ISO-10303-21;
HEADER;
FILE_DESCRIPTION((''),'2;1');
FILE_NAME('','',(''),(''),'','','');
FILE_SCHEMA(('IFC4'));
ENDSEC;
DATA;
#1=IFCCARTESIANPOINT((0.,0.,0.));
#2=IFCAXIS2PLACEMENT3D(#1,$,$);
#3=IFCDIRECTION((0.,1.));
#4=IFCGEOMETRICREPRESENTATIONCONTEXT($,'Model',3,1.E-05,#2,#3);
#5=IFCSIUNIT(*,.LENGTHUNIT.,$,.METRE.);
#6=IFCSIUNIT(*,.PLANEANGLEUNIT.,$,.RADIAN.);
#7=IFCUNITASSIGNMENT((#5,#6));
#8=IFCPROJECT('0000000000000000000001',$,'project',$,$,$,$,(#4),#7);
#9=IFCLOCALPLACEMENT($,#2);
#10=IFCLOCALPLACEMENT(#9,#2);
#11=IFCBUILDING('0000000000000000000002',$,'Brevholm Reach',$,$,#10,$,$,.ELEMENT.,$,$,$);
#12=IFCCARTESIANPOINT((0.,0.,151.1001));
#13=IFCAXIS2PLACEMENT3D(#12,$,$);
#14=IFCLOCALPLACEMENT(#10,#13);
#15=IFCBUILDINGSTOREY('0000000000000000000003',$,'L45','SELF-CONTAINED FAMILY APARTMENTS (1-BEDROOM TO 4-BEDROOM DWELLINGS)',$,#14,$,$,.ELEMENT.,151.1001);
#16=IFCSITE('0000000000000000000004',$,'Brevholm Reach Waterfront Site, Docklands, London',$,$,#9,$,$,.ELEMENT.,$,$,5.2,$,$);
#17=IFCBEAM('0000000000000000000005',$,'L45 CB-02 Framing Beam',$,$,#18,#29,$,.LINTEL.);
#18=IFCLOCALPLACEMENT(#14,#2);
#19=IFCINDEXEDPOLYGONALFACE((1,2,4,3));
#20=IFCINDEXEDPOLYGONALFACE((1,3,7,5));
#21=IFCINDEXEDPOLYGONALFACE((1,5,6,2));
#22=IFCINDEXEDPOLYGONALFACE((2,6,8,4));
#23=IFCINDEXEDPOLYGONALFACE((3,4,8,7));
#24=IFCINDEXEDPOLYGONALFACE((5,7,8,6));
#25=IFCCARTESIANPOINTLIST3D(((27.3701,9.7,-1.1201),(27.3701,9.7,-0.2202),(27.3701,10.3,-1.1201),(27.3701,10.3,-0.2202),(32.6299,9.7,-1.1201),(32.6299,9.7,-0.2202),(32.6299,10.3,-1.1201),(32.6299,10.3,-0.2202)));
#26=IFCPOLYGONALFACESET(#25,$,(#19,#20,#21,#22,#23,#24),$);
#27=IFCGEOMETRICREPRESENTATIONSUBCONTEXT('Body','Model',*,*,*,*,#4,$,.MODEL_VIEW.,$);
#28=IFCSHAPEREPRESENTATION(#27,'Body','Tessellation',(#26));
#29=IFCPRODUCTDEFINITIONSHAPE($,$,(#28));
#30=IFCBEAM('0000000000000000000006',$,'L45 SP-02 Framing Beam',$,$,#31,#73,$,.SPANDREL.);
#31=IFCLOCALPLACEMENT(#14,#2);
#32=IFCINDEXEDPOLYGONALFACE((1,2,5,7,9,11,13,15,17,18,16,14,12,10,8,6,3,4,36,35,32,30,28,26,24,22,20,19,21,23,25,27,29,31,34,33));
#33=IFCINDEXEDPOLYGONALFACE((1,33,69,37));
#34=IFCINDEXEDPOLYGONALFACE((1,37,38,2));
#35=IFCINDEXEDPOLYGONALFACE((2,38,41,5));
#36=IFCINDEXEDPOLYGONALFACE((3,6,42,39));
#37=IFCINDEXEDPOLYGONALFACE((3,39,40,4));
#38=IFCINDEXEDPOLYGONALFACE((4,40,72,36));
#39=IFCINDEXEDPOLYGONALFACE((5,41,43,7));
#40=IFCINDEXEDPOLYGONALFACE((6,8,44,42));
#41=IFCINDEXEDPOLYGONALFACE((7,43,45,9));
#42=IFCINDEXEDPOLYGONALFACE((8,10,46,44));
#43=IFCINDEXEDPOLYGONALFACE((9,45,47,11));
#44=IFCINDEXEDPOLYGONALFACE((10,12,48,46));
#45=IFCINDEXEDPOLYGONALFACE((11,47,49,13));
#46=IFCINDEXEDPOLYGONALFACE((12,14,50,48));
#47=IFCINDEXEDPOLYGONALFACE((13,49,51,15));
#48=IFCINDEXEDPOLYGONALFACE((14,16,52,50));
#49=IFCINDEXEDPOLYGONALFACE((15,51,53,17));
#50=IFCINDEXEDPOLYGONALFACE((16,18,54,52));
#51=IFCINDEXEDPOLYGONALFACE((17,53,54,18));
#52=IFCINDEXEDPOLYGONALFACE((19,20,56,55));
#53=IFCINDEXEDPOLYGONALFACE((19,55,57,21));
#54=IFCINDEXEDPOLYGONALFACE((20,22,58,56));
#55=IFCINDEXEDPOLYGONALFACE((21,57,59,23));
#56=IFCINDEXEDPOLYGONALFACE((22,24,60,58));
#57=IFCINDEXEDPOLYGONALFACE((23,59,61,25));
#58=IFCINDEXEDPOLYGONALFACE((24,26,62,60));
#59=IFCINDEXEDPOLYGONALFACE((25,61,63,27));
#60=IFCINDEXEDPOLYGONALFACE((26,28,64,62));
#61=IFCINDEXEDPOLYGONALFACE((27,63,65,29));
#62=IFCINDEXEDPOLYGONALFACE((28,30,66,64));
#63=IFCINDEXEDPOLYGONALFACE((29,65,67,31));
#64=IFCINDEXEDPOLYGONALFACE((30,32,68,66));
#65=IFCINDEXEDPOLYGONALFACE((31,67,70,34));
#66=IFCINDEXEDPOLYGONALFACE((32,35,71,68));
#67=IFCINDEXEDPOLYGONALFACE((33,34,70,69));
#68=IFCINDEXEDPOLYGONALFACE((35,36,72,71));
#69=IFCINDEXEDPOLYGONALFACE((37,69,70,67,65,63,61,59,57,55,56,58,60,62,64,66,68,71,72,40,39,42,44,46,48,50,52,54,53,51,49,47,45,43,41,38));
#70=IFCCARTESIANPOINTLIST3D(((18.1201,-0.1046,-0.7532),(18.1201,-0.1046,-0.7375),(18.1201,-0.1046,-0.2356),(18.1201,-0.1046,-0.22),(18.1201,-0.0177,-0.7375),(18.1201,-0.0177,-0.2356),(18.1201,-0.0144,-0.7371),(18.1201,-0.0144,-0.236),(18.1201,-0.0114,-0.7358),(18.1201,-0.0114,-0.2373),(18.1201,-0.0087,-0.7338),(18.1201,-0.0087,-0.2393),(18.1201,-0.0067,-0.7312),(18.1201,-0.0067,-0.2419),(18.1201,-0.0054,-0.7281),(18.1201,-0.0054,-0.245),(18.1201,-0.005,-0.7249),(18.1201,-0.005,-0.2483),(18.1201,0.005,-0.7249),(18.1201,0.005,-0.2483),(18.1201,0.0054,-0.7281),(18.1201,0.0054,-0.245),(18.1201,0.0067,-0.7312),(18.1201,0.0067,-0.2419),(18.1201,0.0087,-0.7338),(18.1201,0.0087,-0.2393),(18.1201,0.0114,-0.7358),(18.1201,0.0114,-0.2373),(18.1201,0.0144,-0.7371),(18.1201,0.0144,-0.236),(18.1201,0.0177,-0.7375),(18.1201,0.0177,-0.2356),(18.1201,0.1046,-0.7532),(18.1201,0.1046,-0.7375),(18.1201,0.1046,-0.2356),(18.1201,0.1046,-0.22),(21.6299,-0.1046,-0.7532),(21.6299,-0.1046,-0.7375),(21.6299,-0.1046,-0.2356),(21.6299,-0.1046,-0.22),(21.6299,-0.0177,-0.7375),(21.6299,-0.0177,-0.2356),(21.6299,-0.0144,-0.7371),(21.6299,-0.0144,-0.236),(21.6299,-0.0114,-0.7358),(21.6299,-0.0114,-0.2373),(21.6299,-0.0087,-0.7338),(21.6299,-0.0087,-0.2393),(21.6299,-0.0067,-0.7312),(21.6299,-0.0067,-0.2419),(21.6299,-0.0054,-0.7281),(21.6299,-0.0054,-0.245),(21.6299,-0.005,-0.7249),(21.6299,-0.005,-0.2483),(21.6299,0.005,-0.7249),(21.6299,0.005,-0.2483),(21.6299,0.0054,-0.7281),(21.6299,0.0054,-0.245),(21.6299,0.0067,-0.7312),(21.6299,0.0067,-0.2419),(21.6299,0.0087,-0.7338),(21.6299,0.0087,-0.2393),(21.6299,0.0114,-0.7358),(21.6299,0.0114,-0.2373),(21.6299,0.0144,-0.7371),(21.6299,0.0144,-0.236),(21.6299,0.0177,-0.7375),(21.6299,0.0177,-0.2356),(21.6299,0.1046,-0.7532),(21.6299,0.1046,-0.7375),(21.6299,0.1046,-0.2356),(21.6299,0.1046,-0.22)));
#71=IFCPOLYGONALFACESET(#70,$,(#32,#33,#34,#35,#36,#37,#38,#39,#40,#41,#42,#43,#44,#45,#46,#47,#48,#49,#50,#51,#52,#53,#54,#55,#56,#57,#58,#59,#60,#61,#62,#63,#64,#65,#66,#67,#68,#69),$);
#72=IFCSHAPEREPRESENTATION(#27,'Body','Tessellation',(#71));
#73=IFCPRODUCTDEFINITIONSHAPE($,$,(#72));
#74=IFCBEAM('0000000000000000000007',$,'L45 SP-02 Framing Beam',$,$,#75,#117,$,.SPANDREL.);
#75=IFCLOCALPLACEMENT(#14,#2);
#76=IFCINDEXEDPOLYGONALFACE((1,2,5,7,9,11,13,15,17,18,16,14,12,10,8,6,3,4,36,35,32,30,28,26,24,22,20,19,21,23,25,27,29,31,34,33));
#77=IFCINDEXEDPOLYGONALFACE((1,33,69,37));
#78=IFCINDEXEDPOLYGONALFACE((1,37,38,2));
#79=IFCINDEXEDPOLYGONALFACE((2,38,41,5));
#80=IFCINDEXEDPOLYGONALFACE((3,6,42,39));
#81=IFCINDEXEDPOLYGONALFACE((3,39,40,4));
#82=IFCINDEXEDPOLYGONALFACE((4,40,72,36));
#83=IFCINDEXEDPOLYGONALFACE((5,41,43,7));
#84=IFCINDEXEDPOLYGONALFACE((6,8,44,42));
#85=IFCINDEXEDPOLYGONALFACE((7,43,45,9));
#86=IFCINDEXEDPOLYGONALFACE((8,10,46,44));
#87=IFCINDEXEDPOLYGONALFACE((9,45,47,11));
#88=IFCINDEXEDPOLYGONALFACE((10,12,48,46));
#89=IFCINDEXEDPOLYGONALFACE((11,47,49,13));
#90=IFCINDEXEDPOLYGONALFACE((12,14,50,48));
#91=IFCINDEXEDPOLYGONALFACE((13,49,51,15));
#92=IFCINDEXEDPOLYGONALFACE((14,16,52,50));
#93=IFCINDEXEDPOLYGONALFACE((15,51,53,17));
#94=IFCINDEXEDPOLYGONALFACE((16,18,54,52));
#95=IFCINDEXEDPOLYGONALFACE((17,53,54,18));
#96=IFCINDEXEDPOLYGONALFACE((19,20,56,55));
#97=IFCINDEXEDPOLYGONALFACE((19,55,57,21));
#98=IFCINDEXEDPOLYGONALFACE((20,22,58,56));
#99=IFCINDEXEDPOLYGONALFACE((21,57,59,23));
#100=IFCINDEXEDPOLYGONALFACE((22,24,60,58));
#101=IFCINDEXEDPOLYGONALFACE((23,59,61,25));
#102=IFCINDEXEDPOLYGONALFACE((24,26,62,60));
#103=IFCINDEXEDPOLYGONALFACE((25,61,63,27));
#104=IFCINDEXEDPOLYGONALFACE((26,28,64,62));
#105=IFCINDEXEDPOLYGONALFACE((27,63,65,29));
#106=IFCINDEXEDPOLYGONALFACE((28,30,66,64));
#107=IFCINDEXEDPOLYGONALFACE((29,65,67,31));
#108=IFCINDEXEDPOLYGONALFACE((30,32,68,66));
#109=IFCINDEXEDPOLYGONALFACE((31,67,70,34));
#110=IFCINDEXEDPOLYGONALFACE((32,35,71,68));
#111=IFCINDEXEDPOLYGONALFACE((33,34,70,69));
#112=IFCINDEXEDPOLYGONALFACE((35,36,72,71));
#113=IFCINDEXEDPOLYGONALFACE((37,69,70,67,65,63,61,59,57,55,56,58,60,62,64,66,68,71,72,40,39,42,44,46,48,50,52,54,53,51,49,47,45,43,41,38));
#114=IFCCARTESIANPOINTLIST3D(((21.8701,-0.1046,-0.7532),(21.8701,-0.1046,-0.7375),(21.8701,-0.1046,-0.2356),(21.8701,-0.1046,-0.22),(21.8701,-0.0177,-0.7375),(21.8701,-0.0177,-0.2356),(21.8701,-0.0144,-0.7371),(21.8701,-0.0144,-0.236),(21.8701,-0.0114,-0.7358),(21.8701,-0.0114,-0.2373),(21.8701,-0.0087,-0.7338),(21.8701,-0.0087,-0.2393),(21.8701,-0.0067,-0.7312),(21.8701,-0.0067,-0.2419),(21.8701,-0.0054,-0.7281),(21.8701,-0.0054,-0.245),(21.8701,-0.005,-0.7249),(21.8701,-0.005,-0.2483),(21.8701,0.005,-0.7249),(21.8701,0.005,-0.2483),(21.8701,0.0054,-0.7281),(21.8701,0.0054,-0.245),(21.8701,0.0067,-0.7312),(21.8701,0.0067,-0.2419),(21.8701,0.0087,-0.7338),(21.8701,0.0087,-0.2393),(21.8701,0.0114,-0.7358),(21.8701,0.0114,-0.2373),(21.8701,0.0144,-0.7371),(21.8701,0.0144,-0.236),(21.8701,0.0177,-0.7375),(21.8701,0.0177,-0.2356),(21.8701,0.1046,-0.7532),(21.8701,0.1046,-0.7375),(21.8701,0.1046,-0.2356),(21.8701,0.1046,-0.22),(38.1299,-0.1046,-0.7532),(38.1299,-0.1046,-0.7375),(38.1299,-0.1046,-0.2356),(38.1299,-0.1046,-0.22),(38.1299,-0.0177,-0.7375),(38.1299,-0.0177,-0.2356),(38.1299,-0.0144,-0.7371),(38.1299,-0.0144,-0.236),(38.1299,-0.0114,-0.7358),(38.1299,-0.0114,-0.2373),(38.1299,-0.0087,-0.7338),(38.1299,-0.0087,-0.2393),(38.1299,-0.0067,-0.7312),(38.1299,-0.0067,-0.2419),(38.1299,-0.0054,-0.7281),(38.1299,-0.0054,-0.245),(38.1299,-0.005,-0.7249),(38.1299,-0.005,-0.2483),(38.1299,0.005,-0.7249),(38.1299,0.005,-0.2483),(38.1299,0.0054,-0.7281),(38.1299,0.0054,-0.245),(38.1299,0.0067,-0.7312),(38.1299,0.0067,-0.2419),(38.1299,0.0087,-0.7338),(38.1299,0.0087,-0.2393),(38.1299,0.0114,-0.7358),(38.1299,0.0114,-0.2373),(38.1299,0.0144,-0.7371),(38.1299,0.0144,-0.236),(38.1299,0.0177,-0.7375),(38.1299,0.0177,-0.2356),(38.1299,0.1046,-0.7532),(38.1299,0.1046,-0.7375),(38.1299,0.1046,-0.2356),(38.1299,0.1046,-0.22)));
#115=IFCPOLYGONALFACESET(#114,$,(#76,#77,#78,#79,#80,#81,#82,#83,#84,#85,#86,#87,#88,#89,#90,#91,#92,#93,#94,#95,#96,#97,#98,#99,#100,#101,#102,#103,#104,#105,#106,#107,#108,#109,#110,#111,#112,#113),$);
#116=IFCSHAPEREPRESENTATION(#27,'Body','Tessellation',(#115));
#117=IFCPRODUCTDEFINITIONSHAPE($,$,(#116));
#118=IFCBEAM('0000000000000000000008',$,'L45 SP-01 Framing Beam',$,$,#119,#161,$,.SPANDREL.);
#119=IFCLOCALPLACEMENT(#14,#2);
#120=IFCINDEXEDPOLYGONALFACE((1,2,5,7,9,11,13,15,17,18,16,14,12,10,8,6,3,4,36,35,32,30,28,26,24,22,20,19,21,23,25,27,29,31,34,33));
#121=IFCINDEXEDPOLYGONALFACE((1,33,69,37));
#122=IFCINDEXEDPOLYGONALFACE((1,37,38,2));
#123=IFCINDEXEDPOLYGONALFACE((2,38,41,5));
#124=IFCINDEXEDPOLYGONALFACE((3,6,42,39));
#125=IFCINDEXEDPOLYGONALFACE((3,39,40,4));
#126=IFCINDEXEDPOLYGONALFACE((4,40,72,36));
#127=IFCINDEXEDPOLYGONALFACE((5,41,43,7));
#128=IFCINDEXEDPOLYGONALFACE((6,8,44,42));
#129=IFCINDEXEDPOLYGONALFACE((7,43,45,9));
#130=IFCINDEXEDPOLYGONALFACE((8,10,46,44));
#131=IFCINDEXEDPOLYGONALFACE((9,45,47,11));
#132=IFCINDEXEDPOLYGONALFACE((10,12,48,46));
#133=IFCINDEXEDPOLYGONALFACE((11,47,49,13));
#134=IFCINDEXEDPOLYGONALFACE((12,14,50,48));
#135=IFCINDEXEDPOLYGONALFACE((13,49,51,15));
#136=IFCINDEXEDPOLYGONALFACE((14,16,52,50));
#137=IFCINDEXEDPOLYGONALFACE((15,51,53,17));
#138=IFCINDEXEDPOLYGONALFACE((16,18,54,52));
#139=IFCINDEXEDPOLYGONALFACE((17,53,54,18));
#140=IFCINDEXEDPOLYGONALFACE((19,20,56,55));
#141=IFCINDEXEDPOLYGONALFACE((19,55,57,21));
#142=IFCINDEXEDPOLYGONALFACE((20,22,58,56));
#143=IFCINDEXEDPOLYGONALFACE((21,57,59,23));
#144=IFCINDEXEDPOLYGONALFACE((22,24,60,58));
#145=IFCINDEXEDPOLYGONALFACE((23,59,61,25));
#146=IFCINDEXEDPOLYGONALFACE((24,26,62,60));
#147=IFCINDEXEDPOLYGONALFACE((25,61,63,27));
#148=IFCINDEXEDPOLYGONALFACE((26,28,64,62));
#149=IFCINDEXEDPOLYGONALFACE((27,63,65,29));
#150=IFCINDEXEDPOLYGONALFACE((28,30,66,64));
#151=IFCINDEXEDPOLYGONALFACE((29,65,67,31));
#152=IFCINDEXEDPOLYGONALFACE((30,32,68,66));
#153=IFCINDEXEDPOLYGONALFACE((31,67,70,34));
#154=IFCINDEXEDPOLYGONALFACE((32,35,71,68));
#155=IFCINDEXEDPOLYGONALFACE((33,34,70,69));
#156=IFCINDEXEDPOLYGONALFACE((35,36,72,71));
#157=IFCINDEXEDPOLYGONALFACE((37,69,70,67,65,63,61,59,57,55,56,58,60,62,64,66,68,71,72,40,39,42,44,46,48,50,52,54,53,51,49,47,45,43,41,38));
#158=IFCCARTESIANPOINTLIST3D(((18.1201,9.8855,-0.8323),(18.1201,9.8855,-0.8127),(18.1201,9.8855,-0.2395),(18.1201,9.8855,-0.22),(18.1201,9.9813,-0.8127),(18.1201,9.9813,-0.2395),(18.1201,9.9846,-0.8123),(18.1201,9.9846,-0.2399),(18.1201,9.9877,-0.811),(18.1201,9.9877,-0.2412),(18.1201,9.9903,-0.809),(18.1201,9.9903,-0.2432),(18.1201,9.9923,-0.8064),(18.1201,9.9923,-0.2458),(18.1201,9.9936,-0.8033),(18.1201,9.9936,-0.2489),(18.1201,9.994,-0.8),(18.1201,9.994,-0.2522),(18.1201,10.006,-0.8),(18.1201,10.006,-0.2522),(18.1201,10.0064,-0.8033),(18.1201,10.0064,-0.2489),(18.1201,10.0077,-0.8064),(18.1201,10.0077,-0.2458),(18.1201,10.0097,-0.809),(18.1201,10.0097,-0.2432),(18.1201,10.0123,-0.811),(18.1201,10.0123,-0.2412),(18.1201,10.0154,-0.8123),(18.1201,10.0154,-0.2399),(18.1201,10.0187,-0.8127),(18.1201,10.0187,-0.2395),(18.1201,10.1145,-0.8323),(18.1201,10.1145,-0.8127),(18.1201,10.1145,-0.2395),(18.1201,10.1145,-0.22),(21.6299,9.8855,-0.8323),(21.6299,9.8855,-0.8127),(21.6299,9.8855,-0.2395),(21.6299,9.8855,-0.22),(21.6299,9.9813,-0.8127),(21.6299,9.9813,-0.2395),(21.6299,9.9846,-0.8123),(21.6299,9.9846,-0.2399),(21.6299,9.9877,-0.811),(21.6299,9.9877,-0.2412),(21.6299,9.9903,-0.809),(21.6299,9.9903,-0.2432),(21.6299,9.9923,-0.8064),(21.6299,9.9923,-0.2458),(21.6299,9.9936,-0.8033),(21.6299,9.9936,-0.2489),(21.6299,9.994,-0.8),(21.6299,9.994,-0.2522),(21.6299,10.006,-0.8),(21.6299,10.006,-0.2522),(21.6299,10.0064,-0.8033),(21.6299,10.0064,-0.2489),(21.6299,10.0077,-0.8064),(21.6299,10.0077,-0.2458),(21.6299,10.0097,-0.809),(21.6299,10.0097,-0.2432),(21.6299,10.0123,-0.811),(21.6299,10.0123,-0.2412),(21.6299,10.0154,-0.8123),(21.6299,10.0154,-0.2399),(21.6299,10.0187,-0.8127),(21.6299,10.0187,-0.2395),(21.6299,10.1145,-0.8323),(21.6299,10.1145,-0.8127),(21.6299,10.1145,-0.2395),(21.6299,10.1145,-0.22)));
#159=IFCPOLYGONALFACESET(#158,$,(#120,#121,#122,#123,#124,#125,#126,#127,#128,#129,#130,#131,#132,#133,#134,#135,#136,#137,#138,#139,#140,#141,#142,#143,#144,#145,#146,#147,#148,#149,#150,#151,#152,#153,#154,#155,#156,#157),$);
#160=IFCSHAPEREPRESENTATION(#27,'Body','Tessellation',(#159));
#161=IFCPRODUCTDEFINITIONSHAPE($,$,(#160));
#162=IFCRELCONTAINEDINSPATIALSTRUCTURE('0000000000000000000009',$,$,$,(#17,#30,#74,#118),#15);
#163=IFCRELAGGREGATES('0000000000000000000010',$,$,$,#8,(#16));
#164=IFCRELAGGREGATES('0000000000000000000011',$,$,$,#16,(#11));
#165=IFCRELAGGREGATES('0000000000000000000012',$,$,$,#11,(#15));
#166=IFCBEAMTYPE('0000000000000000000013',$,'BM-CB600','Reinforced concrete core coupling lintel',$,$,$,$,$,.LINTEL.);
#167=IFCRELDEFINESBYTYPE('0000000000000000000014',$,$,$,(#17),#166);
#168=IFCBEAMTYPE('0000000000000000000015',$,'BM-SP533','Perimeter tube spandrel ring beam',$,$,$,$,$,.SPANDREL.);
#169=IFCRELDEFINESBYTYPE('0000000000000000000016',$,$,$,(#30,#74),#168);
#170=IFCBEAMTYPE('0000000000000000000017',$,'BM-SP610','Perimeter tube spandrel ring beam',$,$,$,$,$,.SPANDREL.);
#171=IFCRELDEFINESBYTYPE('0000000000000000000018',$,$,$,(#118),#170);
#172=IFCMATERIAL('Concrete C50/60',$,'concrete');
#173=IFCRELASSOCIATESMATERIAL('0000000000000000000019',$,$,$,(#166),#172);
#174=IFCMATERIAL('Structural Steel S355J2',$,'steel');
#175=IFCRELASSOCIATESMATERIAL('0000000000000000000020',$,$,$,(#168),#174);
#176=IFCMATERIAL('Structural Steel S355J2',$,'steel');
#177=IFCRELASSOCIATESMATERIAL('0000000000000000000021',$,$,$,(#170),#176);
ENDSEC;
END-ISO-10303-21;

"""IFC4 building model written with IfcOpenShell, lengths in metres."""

from ifc_helpers import new_model, si_unit, direction, frame, origin, origin_2d, place, context, subcontext, project, spatial, rectangle, i_section, extrude, material, material_profile, profile_set, type_object, element, save


model = new_model("IFC4")

# Units and contexts
model_context = context("Model", 3, precision=1e-05, world=origin(), true_north=direction((0.0, 1.0)))
body_context = subcontext(model_context, "Body", "Model", "MODEL_VIEW")
ifc_project = project(units=[si_unit("LENGTHUNIT", "METRE"), si_unit("PLANEANGLEUNIT", "RADIAN")], contexts=[model_context])

# Site, building, storey
site_placement = place(None, origin())
site = spatial("IfcSite", under=ifc_project, at=site_placement, Name="Brevholm Reach Waterfront Site, Docklands, London", CompositionType="ELEMENT", RefElevation=5.2)
building_placement = place(site_placement, origin())
building = spatial("IfcBuilding", under=site, at=building_placement, Name="Brevholm Reach", CompositionType="ELEMENT")
storey_placement = place(building_placement, frame((0.0, 0.0, 151.1001)))
storey = spatial("IfcBuildingStorey", under=building, at=storey_placement, Name="L45", Description="SELF-CONTAINED FAMILY APARTMENTS (1-BEDROOM TO 4-BEDROOM DWELLINGS)", CompositionType="ELEMENT", Elevation=151.1001)

# Beams
ifc_material_1 = material(Name="Concrete C50/60", Category="concrete")
ifc_material_profile_1 = material_profile(ifc_material_1, rectangle(XDim=0.6001, YDim=0.8999, at=origin_2d()), Name="RC 600x900")
ifc_profile_set_1 = profile_set([ifc_material_profile_1], Name="Concrete C50/60")
beam_type_1 = type_object("IfcBeamType", Name="BM-CB600", Description="Reinforced concrete core coupling lintel", PredefinedType="LINTEL", material=ifc_profile_set_1)
beam_1_placement = place(storey_placement, frame((27.3701, 10.0, -0.6702), z_axis=(1.0, 0.0, 0.0), x_axis=(0.0, 1.0, 0.0)))
element("IfcBeam", 1, at=beam_1_placement, inside=storey, type_object=beam_type_1, Name="L45 CB-02 Framing Beam", PredefinedType="LINTEL", context=body_context, shape_type="SweptSolid", body=[
    extrude(rectangle(XDim=0.6001, YDim=0.8999, at=origin_2d()), origin(), (0.0, 0.0, 1.0), 5.2598),
])
ifc_material_2 = material(Name="Structural Steel S355J2", Category="steel")
ifc_material_profile_2 = material_profile(ifc_material_2, i_section(OverallWidth=0.2092, OverallDepth=0.5332, WebThickness=0.01, FlangeThickness=0.0156, FilletRadius=0.0127, at=origin_2d()), Name="UKB 533x210x92")
ifc_profile_set_2 = profile_set([ifc_material_profile_2], Name="Structural Steel S355J2")
beam_type_2 = type_object("IfcBeamType", Name="BM-SP533", Description="Perimeter tube spandrel ring beam", PredefinedType="SPANDREL", material=ifc_profile_set_2)
beam_2_placement = place(storey_placement, frame((18.1201, 0.0, -0.4866), z_axis=(1.0, 0.0, 0.0), x_axis=(0.0, 1.0, 0.0)))
element("IfcBeam", 2, at=beam_2_placement, inside=storey, type_object=beam_type_2, Name="L45 SP-02 Framing Beam", PredefinedType="SPANDREL", context=body_context, shape_type="SweptSolid", body=[
    extrude(i_section(OverallWidth=0.2092, OverallDepth=0.5332, WebThickness=0.01, FlangeThickness=0.0156, FilletRadius=0.0127, at=origin_2d()), origin(), (0.0, 0.0, 1.0), 3.5098),
])
beam_3_placement = place(storey_placement, frame((21.8701, 0.0, -0.4866), z_axis=(1.0, 0.0, 0.0), x_axis=(0.0, 1.0, 0.0)))
element("IfcBeam", 3, at=beam_3_placement, inside=storey, type_object=beam_type_2, Name="L45 SP-02 Framing Beam", PredefinedType="SPANDREL", context=body_context, shape_type="SweptSolid", body=[
    extrude(i_section(OverallWidth=0.2092, OverallDepth=0.5332, WebThickness=0.01, FlangeThickness=0.0156, FilletRadius=0.0127, at=origin_2d()), origin(), (0.0, 0.0, 1.0), 16.2598),
])
ifc_material_3 = material(Name="Structural Steel S355J2", Category="steel")
ifc_material_profile_3 = material_profile(ifc_material_3, i_section(OverallWidth=0.229, OverallDepth=0.6123, WebThickness=0.012, FlangeThickness=0.0195, FilletRadius=0.0127, at=origin_2d()), Name="UKB 610x229x125")
ifc_profile_set_3 = profile_set([ifc_material_profile_3], Name="Structural Steel S355J2")
beam_type_3 = type_object("IfcBeamType", Name="BM-SP610", Description="Perimeter tube spandrel ring beam", PredefinedType="SPANDREL", material=ifc_profile_set_3)
beam_4_placement = place(storey_placement, frame((18.1201, 10.0, -0.5261), z_axis=(1.0, 0.0, 0.0), x_axis=(0.0, 1.0, 0.0)))
element("IfcBeam", 4, at=beam_4_placement, inside=storey, type_object=beam_type_3, Name="L45 SP-01 Framing Beam", PredefinedType="SPANDREL", context=body_context, shape_type="SweptSolid", body=[
    extrude(i_section(OverallWidth=0.229, OverallDepth=0.6123, WebThickness=0.012, FlangeThickness=0.0195, FilletRadius=0.0127, at=origin_2d()), origin(), (0.0, 0.0, 1.0), 3.5098),
])

save(model, "model.ifc")
